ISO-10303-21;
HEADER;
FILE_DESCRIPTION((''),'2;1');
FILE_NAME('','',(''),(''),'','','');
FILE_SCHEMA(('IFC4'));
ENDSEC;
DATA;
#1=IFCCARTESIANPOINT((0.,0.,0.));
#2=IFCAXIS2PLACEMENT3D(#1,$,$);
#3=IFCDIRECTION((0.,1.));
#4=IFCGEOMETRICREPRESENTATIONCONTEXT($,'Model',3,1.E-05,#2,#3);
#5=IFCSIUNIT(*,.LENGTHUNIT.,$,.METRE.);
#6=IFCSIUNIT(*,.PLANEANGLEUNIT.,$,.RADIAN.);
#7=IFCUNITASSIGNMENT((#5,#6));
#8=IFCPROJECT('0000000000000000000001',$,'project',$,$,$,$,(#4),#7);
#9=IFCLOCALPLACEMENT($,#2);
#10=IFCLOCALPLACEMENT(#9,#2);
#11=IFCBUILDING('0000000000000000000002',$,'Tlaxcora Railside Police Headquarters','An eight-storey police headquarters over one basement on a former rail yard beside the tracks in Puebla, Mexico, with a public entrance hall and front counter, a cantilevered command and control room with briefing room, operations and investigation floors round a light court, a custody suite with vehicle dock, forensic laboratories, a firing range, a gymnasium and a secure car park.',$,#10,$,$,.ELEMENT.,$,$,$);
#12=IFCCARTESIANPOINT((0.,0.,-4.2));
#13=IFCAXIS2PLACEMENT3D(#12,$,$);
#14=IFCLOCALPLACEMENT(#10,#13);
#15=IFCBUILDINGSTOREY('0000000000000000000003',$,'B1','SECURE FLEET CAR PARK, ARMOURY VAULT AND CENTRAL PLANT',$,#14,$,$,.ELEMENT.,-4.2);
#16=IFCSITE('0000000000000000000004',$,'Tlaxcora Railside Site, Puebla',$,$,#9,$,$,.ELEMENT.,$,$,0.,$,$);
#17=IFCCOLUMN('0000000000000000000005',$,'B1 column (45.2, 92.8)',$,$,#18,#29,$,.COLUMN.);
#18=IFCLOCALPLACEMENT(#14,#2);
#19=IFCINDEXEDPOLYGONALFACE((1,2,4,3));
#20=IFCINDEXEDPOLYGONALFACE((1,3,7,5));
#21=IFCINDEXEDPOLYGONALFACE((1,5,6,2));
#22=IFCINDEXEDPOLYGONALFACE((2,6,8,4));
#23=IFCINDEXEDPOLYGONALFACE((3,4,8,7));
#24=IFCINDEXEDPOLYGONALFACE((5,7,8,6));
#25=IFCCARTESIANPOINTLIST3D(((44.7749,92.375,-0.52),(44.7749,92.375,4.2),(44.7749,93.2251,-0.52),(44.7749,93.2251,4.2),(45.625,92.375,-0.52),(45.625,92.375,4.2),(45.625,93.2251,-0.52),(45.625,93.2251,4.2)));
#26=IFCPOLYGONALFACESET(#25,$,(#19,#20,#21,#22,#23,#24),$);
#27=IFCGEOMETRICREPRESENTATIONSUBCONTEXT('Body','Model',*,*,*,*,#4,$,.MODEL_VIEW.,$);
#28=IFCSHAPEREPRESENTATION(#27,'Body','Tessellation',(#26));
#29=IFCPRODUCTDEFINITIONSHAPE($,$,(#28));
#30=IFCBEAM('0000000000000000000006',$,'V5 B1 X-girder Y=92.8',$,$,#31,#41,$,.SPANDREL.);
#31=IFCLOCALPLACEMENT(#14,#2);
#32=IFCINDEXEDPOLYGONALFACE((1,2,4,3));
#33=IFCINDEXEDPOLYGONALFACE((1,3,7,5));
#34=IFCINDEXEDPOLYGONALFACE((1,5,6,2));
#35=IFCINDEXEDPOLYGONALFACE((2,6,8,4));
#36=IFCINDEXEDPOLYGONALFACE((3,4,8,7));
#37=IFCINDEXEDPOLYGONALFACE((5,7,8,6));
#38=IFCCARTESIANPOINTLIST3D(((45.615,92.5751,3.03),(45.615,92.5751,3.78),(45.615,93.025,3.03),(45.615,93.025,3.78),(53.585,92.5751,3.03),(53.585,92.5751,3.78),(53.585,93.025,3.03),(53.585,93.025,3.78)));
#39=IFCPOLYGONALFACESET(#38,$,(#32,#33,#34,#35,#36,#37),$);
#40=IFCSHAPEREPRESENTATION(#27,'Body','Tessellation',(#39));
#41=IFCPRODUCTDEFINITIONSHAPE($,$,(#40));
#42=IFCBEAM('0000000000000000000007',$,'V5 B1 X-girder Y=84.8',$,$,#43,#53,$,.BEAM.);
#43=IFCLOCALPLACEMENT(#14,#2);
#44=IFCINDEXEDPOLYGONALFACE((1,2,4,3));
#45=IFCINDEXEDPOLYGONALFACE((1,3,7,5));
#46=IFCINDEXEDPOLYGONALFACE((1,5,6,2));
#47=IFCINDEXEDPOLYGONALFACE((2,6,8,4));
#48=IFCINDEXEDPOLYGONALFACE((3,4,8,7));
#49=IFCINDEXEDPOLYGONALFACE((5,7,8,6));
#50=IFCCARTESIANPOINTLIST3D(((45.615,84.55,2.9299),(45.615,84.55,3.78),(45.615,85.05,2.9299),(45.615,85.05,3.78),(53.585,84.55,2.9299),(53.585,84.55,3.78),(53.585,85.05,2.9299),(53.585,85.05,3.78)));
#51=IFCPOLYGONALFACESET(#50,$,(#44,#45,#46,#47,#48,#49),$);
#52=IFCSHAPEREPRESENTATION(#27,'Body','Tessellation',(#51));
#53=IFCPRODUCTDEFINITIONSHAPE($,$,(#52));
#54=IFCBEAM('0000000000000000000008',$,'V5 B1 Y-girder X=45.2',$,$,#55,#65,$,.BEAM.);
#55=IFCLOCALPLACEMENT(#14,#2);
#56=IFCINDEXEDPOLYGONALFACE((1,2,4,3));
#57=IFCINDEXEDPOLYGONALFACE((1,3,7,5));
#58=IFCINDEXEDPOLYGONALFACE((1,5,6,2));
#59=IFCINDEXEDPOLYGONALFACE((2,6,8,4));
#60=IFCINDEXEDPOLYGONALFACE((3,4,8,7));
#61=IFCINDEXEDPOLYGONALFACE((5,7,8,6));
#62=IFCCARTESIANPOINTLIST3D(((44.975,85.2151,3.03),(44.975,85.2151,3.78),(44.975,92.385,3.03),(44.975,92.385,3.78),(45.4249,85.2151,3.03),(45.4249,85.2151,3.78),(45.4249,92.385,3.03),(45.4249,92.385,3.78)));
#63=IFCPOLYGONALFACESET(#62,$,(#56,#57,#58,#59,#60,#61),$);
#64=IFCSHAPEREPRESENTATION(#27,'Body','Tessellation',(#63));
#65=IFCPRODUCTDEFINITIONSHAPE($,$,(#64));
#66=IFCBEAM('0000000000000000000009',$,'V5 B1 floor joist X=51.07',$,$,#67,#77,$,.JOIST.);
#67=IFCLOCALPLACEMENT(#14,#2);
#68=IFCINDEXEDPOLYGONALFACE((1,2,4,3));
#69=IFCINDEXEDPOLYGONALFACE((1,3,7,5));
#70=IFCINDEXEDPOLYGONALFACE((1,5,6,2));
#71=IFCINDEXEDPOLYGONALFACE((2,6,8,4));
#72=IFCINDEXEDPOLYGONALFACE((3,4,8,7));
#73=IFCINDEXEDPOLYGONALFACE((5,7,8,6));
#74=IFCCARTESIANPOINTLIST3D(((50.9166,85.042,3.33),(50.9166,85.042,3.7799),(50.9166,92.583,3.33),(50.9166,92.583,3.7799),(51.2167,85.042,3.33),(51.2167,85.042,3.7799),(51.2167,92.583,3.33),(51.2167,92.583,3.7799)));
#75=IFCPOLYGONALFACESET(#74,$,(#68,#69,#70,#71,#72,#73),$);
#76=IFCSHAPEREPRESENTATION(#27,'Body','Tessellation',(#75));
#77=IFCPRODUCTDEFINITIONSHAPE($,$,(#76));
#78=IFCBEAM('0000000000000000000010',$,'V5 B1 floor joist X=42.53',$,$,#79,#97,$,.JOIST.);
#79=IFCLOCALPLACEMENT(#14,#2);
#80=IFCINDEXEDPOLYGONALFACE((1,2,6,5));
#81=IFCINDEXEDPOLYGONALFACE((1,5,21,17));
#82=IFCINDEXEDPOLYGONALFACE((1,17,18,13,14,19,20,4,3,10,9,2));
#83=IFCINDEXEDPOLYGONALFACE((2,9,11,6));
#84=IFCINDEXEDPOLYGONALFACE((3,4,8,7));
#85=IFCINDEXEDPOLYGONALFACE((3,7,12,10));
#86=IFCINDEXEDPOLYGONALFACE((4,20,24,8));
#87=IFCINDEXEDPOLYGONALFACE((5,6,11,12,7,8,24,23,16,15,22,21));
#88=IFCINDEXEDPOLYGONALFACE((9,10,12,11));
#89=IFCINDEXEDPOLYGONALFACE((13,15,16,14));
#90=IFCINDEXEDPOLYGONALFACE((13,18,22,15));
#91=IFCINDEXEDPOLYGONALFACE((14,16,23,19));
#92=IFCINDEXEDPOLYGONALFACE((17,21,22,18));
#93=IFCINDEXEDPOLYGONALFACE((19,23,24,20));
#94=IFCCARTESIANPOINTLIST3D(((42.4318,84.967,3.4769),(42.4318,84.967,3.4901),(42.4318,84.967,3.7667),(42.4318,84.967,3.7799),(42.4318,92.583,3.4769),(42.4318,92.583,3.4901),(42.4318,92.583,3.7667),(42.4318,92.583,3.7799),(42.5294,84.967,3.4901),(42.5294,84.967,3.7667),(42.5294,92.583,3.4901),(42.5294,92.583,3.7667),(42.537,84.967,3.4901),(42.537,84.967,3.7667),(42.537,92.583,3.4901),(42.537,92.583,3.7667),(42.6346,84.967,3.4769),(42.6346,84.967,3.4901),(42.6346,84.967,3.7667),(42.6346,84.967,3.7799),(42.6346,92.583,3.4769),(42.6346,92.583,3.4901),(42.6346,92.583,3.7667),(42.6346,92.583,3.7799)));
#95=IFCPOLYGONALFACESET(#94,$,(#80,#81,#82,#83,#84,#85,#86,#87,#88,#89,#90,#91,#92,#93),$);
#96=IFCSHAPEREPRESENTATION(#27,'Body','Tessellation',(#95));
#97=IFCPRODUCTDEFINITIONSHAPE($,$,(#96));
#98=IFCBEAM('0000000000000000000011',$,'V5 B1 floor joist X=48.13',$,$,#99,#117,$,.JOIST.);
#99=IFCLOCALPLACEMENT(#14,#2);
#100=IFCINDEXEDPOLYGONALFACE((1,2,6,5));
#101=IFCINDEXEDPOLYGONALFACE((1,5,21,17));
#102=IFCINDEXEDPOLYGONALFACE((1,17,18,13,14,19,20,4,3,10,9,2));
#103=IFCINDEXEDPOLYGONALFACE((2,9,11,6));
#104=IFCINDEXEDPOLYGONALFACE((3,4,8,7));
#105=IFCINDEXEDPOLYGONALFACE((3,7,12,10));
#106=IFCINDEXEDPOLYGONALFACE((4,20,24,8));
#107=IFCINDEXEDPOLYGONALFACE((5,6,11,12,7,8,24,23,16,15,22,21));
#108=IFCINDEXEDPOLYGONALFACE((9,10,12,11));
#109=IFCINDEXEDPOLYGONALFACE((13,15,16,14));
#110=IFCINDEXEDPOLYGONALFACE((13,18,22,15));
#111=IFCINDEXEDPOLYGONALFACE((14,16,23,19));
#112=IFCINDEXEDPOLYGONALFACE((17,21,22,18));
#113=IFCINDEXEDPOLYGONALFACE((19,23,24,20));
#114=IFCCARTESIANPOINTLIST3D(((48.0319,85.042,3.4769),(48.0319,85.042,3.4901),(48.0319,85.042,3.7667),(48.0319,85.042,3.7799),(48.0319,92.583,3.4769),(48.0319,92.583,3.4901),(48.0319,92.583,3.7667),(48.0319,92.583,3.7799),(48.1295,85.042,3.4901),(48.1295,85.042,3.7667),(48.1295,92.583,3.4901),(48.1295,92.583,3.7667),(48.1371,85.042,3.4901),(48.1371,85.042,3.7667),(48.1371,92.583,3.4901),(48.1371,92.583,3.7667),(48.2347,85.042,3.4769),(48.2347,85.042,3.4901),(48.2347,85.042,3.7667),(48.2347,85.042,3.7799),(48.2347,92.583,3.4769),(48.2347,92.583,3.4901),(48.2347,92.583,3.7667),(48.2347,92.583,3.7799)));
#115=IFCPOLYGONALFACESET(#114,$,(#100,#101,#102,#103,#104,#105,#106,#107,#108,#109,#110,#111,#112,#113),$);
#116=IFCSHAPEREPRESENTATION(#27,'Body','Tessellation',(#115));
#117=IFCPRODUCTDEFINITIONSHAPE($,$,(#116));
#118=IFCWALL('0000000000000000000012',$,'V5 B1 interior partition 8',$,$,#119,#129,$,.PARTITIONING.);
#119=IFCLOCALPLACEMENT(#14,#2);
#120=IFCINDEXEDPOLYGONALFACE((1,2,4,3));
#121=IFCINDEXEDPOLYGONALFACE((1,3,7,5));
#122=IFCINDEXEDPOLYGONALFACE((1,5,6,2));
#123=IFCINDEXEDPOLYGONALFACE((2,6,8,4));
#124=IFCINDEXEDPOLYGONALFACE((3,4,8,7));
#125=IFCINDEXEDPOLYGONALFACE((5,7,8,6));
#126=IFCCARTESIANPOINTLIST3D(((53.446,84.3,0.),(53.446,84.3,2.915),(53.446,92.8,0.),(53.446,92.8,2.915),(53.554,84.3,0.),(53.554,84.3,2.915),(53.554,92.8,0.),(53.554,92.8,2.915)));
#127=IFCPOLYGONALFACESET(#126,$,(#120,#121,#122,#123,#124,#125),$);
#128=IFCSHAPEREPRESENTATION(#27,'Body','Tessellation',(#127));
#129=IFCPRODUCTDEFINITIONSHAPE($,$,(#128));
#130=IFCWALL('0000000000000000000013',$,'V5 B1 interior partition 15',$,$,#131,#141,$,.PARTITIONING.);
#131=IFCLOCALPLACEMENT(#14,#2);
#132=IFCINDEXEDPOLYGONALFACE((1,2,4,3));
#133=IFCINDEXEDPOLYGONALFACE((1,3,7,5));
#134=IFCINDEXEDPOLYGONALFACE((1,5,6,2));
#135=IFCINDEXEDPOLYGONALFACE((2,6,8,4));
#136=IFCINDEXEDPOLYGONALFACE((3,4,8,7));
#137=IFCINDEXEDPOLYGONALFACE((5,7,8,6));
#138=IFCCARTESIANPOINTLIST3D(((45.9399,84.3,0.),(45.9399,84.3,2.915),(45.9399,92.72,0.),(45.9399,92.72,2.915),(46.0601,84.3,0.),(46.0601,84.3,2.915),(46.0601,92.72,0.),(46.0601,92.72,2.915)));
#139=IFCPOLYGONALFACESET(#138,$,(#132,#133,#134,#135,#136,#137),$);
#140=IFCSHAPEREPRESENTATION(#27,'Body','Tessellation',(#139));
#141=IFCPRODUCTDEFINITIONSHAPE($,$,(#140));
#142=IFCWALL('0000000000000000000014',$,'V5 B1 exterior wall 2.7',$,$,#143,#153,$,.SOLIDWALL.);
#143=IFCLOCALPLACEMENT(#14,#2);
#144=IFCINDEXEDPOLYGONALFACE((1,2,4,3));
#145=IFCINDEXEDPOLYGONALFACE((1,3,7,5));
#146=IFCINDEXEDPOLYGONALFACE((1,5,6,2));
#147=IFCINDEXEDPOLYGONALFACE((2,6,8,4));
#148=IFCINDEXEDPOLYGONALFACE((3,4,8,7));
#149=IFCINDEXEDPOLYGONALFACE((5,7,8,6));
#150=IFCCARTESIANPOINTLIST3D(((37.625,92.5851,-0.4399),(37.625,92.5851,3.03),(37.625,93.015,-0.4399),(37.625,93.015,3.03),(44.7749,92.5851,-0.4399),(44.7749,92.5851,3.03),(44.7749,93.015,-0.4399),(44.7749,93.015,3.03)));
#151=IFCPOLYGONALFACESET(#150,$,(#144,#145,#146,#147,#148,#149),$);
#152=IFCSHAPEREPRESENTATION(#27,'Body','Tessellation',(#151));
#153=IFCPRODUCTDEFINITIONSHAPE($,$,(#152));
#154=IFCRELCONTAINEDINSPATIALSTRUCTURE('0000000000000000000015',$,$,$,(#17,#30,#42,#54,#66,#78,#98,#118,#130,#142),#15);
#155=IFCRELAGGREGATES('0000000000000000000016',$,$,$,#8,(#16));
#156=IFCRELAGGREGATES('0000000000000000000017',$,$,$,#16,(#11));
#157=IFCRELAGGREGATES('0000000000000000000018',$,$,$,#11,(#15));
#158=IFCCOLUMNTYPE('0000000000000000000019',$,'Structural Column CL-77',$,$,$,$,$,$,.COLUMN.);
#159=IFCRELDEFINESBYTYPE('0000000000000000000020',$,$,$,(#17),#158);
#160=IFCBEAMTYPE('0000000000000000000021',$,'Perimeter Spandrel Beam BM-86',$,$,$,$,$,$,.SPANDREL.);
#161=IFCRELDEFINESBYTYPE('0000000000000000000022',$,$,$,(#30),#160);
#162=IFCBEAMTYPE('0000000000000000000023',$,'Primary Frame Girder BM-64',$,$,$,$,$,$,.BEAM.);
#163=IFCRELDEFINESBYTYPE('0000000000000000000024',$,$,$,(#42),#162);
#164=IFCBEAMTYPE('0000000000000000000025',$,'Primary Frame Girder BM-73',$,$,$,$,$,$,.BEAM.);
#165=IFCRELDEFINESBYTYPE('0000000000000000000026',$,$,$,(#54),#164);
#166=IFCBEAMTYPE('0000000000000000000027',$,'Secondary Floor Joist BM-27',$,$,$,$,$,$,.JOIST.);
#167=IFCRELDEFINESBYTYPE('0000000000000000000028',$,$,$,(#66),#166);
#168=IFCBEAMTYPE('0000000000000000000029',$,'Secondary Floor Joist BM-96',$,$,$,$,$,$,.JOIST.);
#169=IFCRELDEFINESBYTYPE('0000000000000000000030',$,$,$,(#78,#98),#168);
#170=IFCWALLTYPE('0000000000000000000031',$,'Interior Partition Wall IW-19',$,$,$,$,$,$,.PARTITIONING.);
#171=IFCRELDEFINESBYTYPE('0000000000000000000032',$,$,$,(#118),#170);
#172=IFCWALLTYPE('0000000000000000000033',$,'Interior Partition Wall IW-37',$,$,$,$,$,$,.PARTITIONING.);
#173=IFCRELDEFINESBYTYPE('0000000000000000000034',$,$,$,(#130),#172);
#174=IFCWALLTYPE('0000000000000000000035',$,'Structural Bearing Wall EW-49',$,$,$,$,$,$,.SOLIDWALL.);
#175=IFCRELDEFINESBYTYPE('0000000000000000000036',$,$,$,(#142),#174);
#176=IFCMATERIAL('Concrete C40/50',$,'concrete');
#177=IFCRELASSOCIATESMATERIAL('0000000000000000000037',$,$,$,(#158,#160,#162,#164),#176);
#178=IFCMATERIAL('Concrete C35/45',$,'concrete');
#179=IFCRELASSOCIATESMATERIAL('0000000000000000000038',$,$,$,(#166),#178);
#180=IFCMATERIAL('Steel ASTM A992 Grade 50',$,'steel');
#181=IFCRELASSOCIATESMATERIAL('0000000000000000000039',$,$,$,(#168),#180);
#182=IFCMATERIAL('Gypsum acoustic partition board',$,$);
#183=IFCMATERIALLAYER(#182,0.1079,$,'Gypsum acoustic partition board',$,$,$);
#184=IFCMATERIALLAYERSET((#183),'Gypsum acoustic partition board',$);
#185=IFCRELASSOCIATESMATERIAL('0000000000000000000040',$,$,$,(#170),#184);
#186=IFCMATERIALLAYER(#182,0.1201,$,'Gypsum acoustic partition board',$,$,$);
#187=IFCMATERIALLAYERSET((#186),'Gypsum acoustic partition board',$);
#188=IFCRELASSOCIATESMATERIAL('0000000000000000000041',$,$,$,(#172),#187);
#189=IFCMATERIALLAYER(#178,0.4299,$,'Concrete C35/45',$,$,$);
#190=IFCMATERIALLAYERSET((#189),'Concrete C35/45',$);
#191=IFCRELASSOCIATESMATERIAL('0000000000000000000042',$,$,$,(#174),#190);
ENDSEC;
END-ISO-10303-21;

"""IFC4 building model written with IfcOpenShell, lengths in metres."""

from ifc_helpers import new_model, si_unit, direction, frame, frame_2d, origin, origin_2d, place, context, subcontext, project, spatial, rectangle, i_section, extrude, material, layer, layer_set, material_profile, profile_set, type_object, element, save


model = new_model("IFC4")

# Units and contexts
model_context = context("Model", 3, precision=1e-05, world=origin(), true_north=direction((0.0, 1.0)))
body_context = subcontext(model_context, "Body", "Model", "MODEL_VIEW")
ifc_project = project(units=[si_unit("LENGTHUNIT", "METRE"), si_unit("PLANEANGLEUNIT", "RADIAN")], contexts=[model_context])

# Site, building, storey
site_placement = place(None, origin())
site = spatial("IfcSite", under=ifc_project, at=site_placement, Name="Tlaxcora Railside Site, Puebla", CompositionType="ELEMENT", RefElevation=0.0)
building_placement = place(site_placement, origin())
building = spatial("IfcBuilding", under=site, at=building_placement, Name="Tlaxcora Railside Police Headquarters", Description="An eight-storey police headquarters over one basement on a former rail yard beside the tracks in Puebla, Mexico, with a public entrance hall and front counter, a cantilevered command and control room with briefing room, operations and investigation floors round a light court, a custody suite with vehicle dock, forensic laboratories, a firing range, a gymnasium and a secure car park.", CompositionType="ELEMENT")
storey_placement = place(building_placement, frame((0.0, 0.0, -4.2)))
storey = spatial("IfcBuildingStorey", under=building, at=storey_placement, Name="B1", Description="SECURE FLEET CAR PARK, ARMOURY VAULT AND CENTRAL PLANT", CompositionType="ELEMENT", Elevation=-4.2)

# Shared definitions
ifc_material_1 = material(Name="Concrete C35/45", Category="concrete")

# Shared definitions
ifc_material_2 = material(Name="Concrete C40/50", Category="concrete")

# Column
ifc_material_profile_1 = material_profile(ifc_material_2, rectangle(XDim=0.8501, YDim=0.8501, at=origin_2d()), Name="RC850X850")
ifc_profile_set_1 = profile_set([ifc_material_profile_1], Name="Concrete C40/50")
column_type = type_object("IfcColumnType", Name="Structural Column CL-77", PredefinedType="COLUMN", material=ifc_profile_set_1)
for number, where, z_axis, x_axis, name in (
    (1, (45.2, 92.8, -0.52), (0.0, 0.0, 1.0), (1.0, 0.0, 0.0), "B1 column (45.2, 92.8)"),
):
    element("IfcColumn", number, at=place(storey_placement, frame(where, z_axis=z_axis, x_axis=x_axis)), inside=storey, type_object=column_type, Name=name, PredefinedType="COLUMN", context=body_context, shape_type="SweptSolid", body=[
        extrude(rectangle(XDim=0.8501, YDim=0.8501, at=origin_2d()), origin(), (0.0, 0.0, 1.0), 4.72),
    ])

# Beams
ifc_material_profile_2 = material_profile(ifc_material_2, rectangle(XDim=0.45, YDim=0.75, at=origin_2d()), Name="RC450X750")
ifc_profile_set_2 = profile_set([ifc_material_profile_2], Name="Concrete C40/50")
beam_type_1 = type_object("IfcBeamType", Name="Perimeter Spandrel Beam BM-86", PredefinedType="SPANDREL", material=ifc_profile_set_2)
beam_1_placement = place(storey_placement, frame((45.615, 92.8, 3.405), z_axis=(1.0, 0.0, 0.0), x_axis=(0.0, 1.0, 0.0)))
element("IfcBeam", 2, at=beam_1_placement, inside=storey, type_object=beam_type_1, Name="V5 B1 X-girder Y=92.8", PredefinedType="SPANDREL", context=body_context, shape_type="SweptSolid", body=[
    extrude(rectangle(XDim=0.45, YDim=0.75, at=origin_2d()), origin(), (0.0, 0.0, 1.0), 7.97),
])
ifc_material_profile_3 = material_profile(ifc_material_2, rectangle(XDim=0.5, YDim=0.8501, at=origin_2d()), Name="RC500X850")
ifc_profile_set_3 = profile_set([ifc_material_profile_3], Name="Concrete C40/50")
beam_type_2 = type_object("IfcBeamType", Name="Primary Frame Girder BM-64", PredefinedType="BEAM", material=ifc_profile_set_3)
beam_2_placement = place(storey_placement, frame((45.615, 84.8, 3.355), z_axis=(1.0, 0.0, 0.0), x_axis=(0.0, 1.0, 0.0)))
element("IfcBeam", 3, at=beam_2_placement, inside=storey, type_object=beam_type_2, Name="V5 B1 X-girder Y=84.8", PredefinedType="BEAM", context=body_context, shape_type="SweptSolid", body=[
    extrude(rectangle(XDim=0.5, YDim=0.8501, at=origin_2d()), origin(), (0.0, 0.0, 1.0), 7.97),
])
ifc_material_profile_4 = material_profile(ifc_material_2, rectangle(XDim=0.45, YDim=0.75, at=origin_2d()), Name="RC450X750")
ifc_profile_set_4 = profile_set([ifc_material_profile_4], Name="Concrete C40/50")
beam_type_3 = type_object("IfcBeamType", Name="Primary Frame Girder BM-73", PredefinedType="BEAM", material=ifc_profile_set_4)
beam_3_placement = place(storey_placement, frame((45.2, 85.2151, 3.405), z_axis=(0.0, 1.0, 0.0), x_axis=(-1.0, 0.0, 0.0)))
element("IfcBeam", 4, at=beam_3_placement, inside=storey, type_object=beam_type_3, Name="V5 B1 Y-girder X=45.2", PredefinedType="BEAM", context=body_context, shape_type="SweptSolid", body=[
    extrude(rectangle(XDim=0.45, YDim=0.75, at=origin_2d()), origin(), (0.0, 0.0, 1.0), 7.1699),
])
ifc_material_profile_5 = material_profile(ifc_material_1, rectangle(XDim=0.3, YDim=0.45, at=origin_2d()), Name="RC300X450")
ifc_profile_set_5 = profile_set([ifc_material_profile_5], Name="Concrete C35/45")
beam_type_4 = type_object("IfcBeamType", Name="Secondary Floor Joist BM-27", PredefinedType="JOIST", material=ifc_profile_set_5)
beam_4_placement = place(storey_placement, frame((51.0667, 85.042, 3.5549), z_axis=(0.0, 1.0, 0.0), x_axis=(-1.0, 0.0, 0.0)))
element("IfcBeam", 5, at=beam_4_placement, inside=storey, type_object=beam_type_4, Name="V5 B1 floor joist X=51.07", PredefinedType="JOIST", context=body_context, shape_type="SweptSolid", body=[
    extrude(rectangle(XDim=0.3, YDim=0.45, at=origin_2d()), origin(), (0.0, 0.0, 1.0), 7.541),
])
ifc_material_3 = material(Name="Steel ASTM A992 Grade 50", Category="steel")
ifc_material_profile_6 = material_profile(ifc_material_3, i_section(OverallWidth=0.2029, OverallDepth=0.303, WebThickness=0.0076, FlangeThickness=0.0132, at=origin_2d()), Name="W12X40")
ifc_profile_set_6 = profile_set([ifc_material_profile_6], Name="Steel ASTM A992 Grade 50")
beam_type_5 = type_object("IfcBeamType", Name="Secondary Floor Joist BM-96", PredefinedType="JOIST", material=ifc_profile_set_6)
beam_5_placement = place(storey_placement, frame((42.5332, 84.967, 3.6284), z_axis=(0.0, 1.0, 0.0), x_axis=(-1.0, 0.0, 0.0)))
element("IfcBeam", 6, at=beam_5_placement, inside=storey, type_object=beam_type_5, Name="V5 B1 floor joist X=42.53", PredefinedType="JOIST", context=body_context, shape_type="SweptSolid", body=[
    extrude(i_section(OverallWidth=0.2029, OverallDepth=0.303, WebThickness=0.0076, FlangeThickness=0.0132, at=origin_2d()), origin(), (0.0, 0.0, 1.0), 7.616),
])
beam_6_placement = place(storey_placement, frame((48.1333, 85.042, 3.6284), z_axis=(0.0, 1.0, 0.0), x_axis=(-1.0, 0.0, 0.0)))
element("IfcBeam", 7, at=beam_6_placement, inside=storey, type_object=beam_type_5, Name="V5 B1 floor joist X=48.13", PredefinedType="JOIST", context=body_context, shape_type="SweptSolid", body=[
    extrude(i_section(OverallWidth=0.2029, OverallDepth=0.303, WebThickness=0.0076, FlangeThickness=0.0132, at=origin_2d()), origin(), (0.0, 0.0, 1.0), 7.541),
])

# Walls
ifc_material_4 = material(Name="Gypsum acoustic partition board")
ifc_layer_1 = layer(ifc_material_4, 0.1079, Name="Gypsum acoustic partition board")
ifc_layer_set_1 = layer_set([ifc_layer_1], Name="Gypsum acoustic partition board")
wall_type_1 = type_object("IfcWallType", Name="Interior Partition Wall IW-19", PredefinedType="PARTITIONING", material=ifc_layer_set_1)
wall_1_placement = place(storey_placement, frame((53.5, 84.3, 0.0), z_axis=(0.0, 0.0, 1.0), x_axis=(0.0, 1.0, 0.0)))
element("IfcWall", 8, at=wall_1_placement, inside=storey, type_object=wall_type_1, Name="V5 B1 interior partition 8", PredefinedType="PARTITIONING", context=body_context, shape_type="SweptSolid", body=[
    extrude(rectangle(XDim=8.5, YDim=0.1079, at=frame_2d((4.25, 0.0))), origin(), (0.0, 0.0, 1.0), 2.915),
])
ifc_layer_2 = layer(ifc_material_4, 0.1201, Name="Gypsum acoustic partition board")
ifc_layer_set_2 = layer_set([ifc_layer_2], Name="Gypsum acoustic partition board")
wall_type_2 = type_object("IfcWallType", Name="Interior Partition Wall IW-37", PredefinedType="PARTITIONING", material=ifc_layer_set_2)
wall_2_placement = place(storey_placement, frame((46.0, 84.3, 0.0), z_axis=(0.0, 0.0, 1.0), x_axis=(0.0, 1.0, 0.0)))
element("IfcWall", 9, at=wall_2_placement, inside=storey, type_object=wall_type_2, Name="V5 B1 interior partition 15", PredefinedType="PARTITIONING", context=body_context, shape_type="SweptSolid", body=[
    extrude(rectangle(XDim=8.4199, YDim=0.1201, at=frame_2d((4.21, 0.0))), origin(), (0.0, 0.0, 1.0), 2.915),
])
ifc_layer_3 = layer(ifc_material_1, 0.4299, Name="Concrete C35/45")
ifc_layer_set_3 = layer_set([ifc_layer_3], Name="Concrete C35/45")
wall_type_3 = type_object("IfcWallType", Name="Structural Bearing Wall EW-49", PredefinedType="SOLIDWALL", material=ifc_layer_set_3)
wall_3_placement = place(storey_placement, frame((44.7749, 92.8, -0.4399), z_axis=(0.0, 0.0, 1.0), x_axis=(-1.0, 0.0, 0.0)))
element("IfcWall", 10, at=wall_3_placement, inside=storey, type_object=wall_type_3, Name="V5 B1 exterior wall 2.7", PredefinedType="SOLIDWALL", context=body_context, shape_type="SweptSolid", body=[
    extrude(rectangle(XDim=7.1499, YDim=0.4299, at=frame_2d((3.575, 0.0))), origin(), (0.0, 0.0, 1.0), 3.47),
])

save(model, "model.ifc")
